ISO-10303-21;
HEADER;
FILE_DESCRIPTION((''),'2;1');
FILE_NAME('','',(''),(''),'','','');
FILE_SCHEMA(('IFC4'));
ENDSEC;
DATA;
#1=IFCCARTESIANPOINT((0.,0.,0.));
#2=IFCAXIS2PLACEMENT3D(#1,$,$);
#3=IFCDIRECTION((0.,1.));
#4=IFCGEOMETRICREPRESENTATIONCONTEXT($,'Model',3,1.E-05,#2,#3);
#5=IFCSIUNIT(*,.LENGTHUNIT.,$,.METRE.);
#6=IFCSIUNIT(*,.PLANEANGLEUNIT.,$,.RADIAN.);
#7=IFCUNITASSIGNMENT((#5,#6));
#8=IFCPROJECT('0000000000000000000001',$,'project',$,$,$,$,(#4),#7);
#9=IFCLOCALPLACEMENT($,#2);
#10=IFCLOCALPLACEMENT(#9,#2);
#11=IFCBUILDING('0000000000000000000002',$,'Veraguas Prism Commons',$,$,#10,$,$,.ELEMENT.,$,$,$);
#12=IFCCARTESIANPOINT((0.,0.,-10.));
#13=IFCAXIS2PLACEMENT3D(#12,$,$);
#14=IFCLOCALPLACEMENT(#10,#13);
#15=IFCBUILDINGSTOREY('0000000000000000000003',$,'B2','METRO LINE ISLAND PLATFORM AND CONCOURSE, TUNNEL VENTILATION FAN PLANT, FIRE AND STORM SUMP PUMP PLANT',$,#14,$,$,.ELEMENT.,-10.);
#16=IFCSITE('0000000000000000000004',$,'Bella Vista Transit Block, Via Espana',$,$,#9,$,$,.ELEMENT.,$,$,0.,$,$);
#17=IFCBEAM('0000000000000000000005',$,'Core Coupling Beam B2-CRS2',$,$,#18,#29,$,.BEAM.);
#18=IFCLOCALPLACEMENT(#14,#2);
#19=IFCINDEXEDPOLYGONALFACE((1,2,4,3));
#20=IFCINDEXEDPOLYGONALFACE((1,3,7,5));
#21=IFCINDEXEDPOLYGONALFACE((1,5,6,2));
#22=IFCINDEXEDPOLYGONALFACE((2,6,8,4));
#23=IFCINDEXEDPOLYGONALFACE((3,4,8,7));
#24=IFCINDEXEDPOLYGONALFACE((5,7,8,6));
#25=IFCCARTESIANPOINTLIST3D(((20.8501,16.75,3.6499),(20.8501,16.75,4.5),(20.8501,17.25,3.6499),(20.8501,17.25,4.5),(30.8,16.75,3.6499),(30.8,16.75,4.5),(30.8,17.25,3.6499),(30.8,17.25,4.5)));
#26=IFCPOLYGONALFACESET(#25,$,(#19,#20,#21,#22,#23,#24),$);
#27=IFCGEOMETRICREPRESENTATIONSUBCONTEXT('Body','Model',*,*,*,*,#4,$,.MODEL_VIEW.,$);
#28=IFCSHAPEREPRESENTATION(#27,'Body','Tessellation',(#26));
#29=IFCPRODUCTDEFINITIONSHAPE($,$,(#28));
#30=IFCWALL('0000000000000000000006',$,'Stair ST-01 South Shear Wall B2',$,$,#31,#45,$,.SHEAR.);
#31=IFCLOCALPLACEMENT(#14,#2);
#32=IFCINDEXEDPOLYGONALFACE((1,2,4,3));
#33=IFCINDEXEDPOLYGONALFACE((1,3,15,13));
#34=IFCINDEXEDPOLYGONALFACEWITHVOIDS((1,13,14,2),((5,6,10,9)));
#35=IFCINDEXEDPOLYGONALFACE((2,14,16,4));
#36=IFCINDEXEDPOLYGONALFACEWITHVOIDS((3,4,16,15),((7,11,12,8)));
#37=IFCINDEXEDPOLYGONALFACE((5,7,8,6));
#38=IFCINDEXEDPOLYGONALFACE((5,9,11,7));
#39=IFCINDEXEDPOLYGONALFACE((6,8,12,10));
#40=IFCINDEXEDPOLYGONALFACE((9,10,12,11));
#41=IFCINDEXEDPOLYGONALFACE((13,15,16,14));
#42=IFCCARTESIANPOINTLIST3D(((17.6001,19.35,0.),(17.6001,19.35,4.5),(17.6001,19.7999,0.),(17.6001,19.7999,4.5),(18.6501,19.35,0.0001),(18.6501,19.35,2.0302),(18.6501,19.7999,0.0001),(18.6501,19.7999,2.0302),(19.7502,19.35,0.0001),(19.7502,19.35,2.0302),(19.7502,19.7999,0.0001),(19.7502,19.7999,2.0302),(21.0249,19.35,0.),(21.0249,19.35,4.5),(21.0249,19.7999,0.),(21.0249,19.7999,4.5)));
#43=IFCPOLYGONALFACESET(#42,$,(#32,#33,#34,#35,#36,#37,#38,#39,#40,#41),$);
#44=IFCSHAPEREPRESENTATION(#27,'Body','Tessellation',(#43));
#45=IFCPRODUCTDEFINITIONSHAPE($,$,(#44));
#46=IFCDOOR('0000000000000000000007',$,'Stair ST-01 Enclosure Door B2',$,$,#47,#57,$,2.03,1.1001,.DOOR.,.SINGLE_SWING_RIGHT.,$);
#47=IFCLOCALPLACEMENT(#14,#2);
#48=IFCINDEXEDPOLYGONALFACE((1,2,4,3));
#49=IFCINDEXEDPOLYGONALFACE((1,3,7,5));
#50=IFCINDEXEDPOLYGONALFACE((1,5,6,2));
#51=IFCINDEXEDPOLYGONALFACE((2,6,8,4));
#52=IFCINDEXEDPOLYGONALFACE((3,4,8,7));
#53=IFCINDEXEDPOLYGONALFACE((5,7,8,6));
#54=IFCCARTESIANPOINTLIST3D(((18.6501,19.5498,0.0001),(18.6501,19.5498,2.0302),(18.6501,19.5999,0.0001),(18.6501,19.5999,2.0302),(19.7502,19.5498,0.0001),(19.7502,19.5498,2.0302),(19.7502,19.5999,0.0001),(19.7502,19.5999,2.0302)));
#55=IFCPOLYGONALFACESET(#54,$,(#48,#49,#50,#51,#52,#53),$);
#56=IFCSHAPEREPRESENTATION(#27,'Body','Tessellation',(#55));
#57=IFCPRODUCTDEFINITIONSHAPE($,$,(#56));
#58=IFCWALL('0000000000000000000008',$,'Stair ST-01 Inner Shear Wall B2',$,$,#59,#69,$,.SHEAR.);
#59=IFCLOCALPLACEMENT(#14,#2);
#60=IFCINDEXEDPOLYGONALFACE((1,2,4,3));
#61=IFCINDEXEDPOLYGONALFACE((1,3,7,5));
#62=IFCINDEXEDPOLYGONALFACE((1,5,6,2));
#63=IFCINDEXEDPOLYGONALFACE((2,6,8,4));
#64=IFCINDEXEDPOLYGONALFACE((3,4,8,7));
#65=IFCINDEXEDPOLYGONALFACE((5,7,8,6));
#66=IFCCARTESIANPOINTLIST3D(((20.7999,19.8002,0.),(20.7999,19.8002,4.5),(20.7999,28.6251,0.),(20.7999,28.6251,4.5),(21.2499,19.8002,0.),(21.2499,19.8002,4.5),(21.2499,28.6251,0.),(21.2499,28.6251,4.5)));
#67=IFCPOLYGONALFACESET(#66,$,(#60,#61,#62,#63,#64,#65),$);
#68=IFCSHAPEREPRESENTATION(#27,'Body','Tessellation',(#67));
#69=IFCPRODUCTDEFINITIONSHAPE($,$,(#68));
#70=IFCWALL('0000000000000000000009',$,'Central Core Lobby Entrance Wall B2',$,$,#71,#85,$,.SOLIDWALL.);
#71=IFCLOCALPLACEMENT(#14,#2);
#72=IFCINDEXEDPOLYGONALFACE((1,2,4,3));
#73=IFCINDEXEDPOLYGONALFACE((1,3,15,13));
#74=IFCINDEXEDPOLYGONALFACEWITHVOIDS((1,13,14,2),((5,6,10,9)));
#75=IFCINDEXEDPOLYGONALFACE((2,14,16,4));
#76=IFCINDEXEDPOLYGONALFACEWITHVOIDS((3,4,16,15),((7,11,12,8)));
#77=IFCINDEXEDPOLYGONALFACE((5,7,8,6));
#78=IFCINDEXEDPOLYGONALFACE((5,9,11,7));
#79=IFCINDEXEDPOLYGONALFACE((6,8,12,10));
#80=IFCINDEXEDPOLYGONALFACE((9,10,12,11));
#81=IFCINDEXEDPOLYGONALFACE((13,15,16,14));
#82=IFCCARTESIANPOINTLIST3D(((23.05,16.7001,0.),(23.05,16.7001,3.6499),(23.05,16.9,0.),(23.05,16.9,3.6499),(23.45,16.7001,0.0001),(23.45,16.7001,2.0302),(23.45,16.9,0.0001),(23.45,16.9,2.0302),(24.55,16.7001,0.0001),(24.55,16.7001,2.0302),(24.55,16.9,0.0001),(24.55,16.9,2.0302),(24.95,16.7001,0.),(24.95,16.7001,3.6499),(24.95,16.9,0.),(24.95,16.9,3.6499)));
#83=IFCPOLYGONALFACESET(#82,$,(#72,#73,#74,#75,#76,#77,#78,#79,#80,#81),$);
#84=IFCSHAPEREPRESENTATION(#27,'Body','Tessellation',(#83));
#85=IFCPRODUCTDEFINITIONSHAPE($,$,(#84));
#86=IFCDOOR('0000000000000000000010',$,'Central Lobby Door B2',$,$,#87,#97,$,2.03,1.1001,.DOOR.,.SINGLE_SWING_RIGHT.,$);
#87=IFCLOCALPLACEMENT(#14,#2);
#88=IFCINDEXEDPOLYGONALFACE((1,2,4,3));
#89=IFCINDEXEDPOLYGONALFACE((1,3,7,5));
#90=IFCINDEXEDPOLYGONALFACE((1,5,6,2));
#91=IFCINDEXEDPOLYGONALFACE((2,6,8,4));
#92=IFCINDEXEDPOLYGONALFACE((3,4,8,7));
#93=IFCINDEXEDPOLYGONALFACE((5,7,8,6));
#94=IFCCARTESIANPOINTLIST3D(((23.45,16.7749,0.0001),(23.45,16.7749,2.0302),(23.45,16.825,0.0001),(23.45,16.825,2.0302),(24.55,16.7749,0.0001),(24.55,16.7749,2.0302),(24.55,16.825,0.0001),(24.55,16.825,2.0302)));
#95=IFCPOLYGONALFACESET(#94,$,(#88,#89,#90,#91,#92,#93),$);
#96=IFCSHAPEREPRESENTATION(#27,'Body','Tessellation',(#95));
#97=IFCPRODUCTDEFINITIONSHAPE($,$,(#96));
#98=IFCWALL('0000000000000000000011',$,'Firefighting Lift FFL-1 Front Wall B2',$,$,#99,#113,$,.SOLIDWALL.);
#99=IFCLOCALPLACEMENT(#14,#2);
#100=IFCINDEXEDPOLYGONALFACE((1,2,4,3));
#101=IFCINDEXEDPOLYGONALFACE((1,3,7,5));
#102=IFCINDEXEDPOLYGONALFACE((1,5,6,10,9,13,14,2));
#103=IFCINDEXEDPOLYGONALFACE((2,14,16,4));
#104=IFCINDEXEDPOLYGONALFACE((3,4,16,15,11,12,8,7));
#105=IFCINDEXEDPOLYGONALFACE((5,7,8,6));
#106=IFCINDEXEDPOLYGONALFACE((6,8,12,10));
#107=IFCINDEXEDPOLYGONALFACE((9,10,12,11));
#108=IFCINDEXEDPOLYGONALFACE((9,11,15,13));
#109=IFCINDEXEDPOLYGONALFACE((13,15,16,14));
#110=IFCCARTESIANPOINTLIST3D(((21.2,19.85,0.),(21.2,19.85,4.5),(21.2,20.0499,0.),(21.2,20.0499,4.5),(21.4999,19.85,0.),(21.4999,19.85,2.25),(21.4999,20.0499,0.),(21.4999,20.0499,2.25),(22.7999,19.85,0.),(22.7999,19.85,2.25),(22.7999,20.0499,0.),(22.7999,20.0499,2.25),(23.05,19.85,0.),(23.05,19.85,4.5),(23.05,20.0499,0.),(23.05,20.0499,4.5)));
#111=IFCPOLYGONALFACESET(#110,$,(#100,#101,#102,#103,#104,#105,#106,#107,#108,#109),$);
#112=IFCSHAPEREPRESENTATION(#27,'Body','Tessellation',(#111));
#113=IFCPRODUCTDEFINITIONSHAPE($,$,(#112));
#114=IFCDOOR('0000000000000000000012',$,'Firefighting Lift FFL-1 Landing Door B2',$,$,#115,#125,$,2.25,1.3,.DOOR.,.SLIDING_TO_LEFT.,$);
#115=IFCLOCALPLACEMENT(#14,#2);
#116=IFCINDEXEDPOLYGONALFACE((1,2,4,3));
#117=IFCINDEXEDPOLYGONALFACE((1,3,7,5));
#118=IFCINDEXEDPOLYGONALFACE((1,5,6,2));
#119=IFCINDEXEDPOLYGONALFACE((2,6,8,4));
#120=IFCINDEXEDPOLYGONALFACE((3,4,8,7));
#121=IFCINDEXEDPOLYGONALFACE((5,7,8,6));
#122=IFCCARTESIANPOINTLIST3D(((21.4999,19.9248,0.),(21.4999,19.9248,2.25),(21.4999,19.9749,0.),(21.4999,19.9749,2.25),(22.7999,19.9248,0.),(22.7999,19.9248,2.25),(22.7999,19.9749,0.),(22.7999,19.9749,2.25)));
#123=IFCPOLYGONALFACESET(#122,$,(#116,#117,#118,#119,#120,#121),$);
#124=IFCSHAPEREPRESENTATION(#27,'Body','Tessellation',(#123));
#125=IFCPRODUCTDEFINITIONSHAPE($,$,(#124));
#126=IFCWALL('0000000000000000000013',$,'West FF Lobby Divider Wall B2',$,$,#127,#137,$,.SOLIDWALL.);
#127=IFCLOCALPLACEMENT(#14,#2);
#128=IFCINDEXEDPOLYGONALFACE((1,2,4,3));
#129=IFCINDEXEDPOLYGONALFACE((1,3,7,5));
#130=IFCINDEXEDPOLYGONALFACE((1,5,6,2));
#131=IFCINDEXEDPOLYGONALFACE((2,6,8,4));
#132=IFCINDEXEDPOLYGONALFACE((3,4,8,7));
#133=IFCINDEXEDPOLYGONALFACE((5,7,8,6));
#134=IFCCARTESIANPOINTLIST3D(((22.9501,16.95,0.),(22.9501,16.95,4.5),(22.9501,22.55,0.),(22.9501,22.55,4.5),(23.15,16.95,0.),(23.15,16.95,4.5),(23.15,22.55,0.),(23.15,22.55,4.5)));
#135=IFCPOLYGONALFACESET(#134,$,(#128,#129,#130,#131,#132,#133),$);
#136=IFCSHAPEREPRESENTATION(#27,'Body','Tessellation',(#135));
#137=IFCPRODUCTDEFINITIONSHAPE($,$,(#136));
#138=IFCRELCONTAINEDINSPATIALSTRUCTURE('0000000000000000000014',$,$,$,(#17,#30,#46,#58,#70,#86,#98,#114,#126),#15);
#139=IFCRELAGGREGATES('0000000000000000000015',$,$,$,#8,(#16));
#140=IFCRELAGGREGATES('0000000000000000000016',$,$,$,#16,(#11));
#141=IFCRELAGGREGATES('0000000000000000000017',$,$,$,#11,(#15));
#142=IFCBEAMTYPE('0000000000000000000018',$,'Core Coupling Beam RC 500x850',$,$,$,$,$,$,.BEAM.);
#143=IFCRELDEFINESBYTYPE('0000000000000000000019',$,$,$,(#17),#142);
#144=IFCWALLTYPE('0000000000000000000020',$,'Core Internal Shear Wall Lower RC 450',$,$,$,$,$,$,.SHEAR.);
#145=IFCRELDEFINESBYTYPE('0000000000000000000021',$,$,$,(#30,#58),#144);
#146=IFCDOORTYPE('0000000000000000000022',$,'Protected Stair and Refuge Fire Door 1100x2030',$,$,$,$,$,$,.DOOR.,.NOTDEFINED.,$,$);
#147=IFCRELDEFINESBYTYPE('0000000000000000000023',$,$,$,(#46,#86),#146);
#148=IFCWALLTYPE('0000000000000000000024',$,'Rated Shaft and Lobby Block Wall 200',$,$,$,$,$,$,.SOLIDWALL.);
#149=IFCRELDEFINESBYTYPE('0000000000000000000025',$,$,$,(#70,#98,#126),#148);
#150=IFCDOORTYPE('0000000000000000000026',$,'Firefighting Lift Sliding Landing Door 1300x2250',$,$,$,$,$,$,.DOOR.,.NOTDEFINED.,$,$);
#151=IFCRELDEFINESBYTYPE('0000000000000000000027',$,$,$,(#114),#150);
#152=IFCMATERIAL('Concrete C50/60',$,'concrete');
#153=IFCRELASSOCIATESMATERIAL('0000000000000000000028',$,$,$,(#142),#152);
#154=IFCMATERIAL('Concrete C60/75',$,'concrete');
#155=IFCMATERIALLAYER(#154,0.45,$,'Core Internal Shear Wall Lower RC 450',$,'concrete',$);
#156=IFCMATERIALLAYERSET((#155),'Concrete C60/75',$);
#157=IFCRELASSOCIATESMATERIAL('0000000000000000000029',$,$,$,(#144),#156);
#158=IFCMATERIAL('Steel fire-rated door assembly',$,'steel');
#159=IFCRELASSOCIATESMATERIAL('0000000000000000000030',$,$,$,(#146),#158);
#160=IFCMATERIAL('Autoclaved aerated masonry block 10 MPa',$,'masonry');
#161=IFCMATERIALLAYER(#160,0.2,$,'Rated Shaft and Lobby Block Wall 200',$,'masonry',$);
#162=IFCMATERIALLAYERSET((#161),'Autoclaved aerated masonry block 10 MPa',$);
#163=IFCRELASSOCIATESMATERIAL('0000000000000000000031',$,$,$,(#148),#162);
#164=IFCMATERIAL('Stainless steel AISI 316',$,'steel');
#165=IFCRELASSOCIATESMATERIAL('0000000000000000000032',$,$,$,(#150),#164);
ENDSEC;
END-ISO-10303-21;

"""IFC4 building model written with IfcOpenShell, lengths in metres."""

from ifc_helpers import new_model, si_unit, direction, frame, frame_2d, origin, origin_2d, place, context, subcontext, project, spatial, rectangle, extrude, source, transform, mapped, material, layer, layer_set, material_profile, profile_set, type_object, element, fill, save


model = new_model("IFC4")

# Units and contexts
model_context = context("Model", 3, precision=1e-05, world=origin(), true_north=direction((0.0, 1.0)))
body_context = subcontext(model_context, "Body", "Model", "MODEL_VIEW")
ifc_project = project(units=[si_unit("LENGTHUNIT", "METRE"), si_unit("PLANEANGLEUNIT", "RADIAN")], contexts=[model_context])

# Site, building, storey
site_placement = place(None, origin())
site = spatial("IfcSite", under=ifc_project, at=site_placement, Name="Bella Vista Transit Block, Via Espana", CompositionType="ELEMENT", RefElevation=0.0)
building_placement = place(site_placement, origin())
building = spatial("IfcBuilding", under=site, at=building_placement, Name="Veraguas Prism Commons", CompositionType="ELEMENT")
storey_placement = place(building_placement, frame((0.0, 0.0, -10.0)))
storey = spatial("IfcBuildingStorey", under=building, at=storey_placement, Name="B2", Description="METRO LINE ISLAND PLATFORM AND CONCOURSE, TUNNEL VENTILATION FAN PLANT, FIRE AND STORM SUMP PUMP PLANT", CompositionType="ELEMENT", Elevation=-10.0)

# Shared definitions
ifc_material_1 = material(Name="Concrete C60/75", Category="concrete")

# Beam
ifc_material_2 = material(Name="Concrete C50/60", Category="concrete")
ifc_material_profile_1 = material_profile(ifc_material_2, rectangle(XDim=0.5, YDim=0.8501, at=origin_2d()), Name="RC500X850")
ifc_profile_set_1 = profile_set([ifc_material_profile_1], Name="Concrete C50/60")
beam_type = type_object("IfcBeamType", Name="Core Coupling Beam RC 500x850", PredefinedType="BEAM", material=ifc_profile_set_1)
beam_1_placement = place(storey_placement, frame((20.8501, 17.0, 4.075), z_axis=(1.0, 0.0, 0.0), x_axis=(0.0, 1.0, 0.0)))
element("IfcBeam", 1, at=beam_1_placement, inside=storey, type_object=beam_type, Name="Core Coupling Beam B2-CRS2", PredefinedType="BEAM", context=body_context, shape_type="SweptSolid", body=[
    extrude(rectangle(XDim=0.5, YDim=0.8501, at=origin_2d()), origin(), (0.0, 0.0, 1.0), 9.95),
])

# Wall, opening, door
ifc_layer_1 = layer(ifc_material_1, 0.45, Name="Core Internal Shear Wall Lower RC 450", Category="concrete")
ifc_layer_set_1 = layer_set([ifc_layer_1], Name="Concrete C60/75")
wall_type_1 = type_object("IfcWallType", Name="Core Internal Shear Wall Lower RC 450", PredefinedType="SHEAR", material=ifc_layer_set_1)
wall_1_placement = place(storey_placement, frame((17.6001, 19.575, 0.0), z_axis=(0.0, 0.0, 1.0), x_axis=(1.0, 0.0, 0.0)))
wall_1 = element("IfcWall", 2, at=wall_1_placement, inside=storey, type_object=wall_type_1, Name="Stair ST-01 South Shear Wall B2", PredefinedType="SHEAR", context=body_context, shape_type="SweptSolid", body=[
    extrude(rectangle(XDim=3.4248, YDim=0.45, at=frame_2d((1.7124, 0.0))), origin(), (0.0, 0.0, 1.0), 4.5),
])
opening_1_placement = place(wall_1_placement, frame((1.05, 0.0, 0.0)))
opening_1 = element("IfcOpeningElement", 3, at=opening_1_placement, cuts=wall_1, PredefinedType="OPENING", context=body_context, shape_type="SweptSolid", body=[
    extrude(rectangle(XDim=1.1001, YDim=2.03, at=frame_2d((0.55, 1.0151))), frame((0.0, 0.2349, 0.0), z_axis=(0.0, -1.0, 0.0), x_axis=(1.0, 0.0, 0.0)), (0.0, 0.0, 1.0), 0.47),
])
ifc_material_3 = material(Name="Steel fire-rated door assembly", Category="steel")
door_type_1 = type_object("IfcDoorType", Name="Protected Stair and Refuge Fire Door 1100x2030", OperationType="NOTDEFINED", PredefinedType="DOOR", material=ifc_material_3)
shared_shape_1 = source(origin(), body_context, "Body", "SweptSolid", [
    extrude(rectangle(XDim=1.1001, YDim=2.03, at=frame_2d((0.55, 1.0151))), frame((0.0, 0.0249, 0.0), z_axis=(0.0, -1.0, 0.0), x_axis=(1.0, 0.0, 0.0)), (0.0, 0.0, 1.0), 0.05),
])
door_1_placement = place(opening_1_placement, origin())
door_1 = element("IfcDoor", 4, at=door_1_placement, inside=storey, type_object=door_type_1, Name="Stair ST-01 Enclosure Door B2", OperationType="SINGLE_SWING_RIGHT", OverallHeight=2.03, OverallWidth=1.1001, PredefinedType="DOOR", context=body_context, shape_type="MappedRepresentation", body=[
    mapped(shared_shape_1, transform((0.0, 0.0, 0.0), scale=1.0)),
])
fill(opening_1, door_1)

# Wall
wall_2_placement = place(storey_placement, frame((21.0249, 19.8, 0.0), z_axis=(0.0, 0.0, 1.0), x_axis=(0.0, 1.0, 0.0)))
element("IfcWall", 5, at=wall_2_placement, inside=storey, type_object=wall_type_1, Name="Stair ST-01 Inner Shear Wall B2", PredefinedType="SHEAR", context=body_context, shape_type="SweptSolid", body=[
    extrude(rectangle(XDim=8.825, YDim=0.45, at=frame_2d((4.4126, 0.0))), origin(), (0.0, 0.0, 1.0), 4.5),
])

# Walls, openings, doors
ifc_material_4 = material(Name="Autoclaved aerated masonry block 10 MPa", Category="masonry")
ifc_layer_2 = layer(ifc_material_4, 0.2, Name="Rated Shaft and Lobby Block Wall 200", Category="masonry")
ifc_layer_set_2 = layer_set([ifc_layer_2], Name="Autoclaved aerated masonry block 10 MPa")
wall_type_2 = type_object("IfcWallType", Name="Rated Shaft and Lobby Block Wall 200", PredefinedType="SOLIDWALL", material=ifc_layer_set_2)
wall_3_placement = place(storey_placement, frame((23.05, 16.8, 0.0), z_axis=(0.0, 0.0, 1.0), x_axis=(1.0, 0.0, 0.0)))
wall_3 = element("IfcWall", 6, at=wall_3_placement, inside=storey, type_object=wall_type_2, Name="Central Core Lobby Entrance Wall B2", PredefinedType="SOLIDWALL", context=body_context, shape_type="SweptSolid", body=[
    extrude(rectangle(XDim=1.8999, YDim=0.2, at=frame_2d((0.95, 0.0))), origin(), (0.0, 0.0, 1.0), 3.6499),
])
opening_2_placement = place(wall_3_placement, frame((0.3999, 0.0, 0.0)))
opening_2 = element("IfcOpeningElement", 7, at=opening_2_placement, cuts=wall_3, PredefinedType="OPENING", context=body_context, shape_type="SweptSolid", body=[
    extrude(rectangle(XDim=1.1001, YDim=2.03, at=frame_2d((0.55, 1.0151))), frame((0.0, 0.1099, 0.0), z_axis=(0.0, -1.0, 0.0), x_axis=(1.0, 0.0, 0.0)), (0.0, 0.0, 1.0), 0.22),
])
door_2_placement = place(opening_2_placement, origin())
door_2 = element("IfcDoor", 8, at=door_2_placement, inside=storey, type_object=door_type_1, Name="Central Lobby Door B2", OperationType="SINGLE_SWING_RIGHT", OverallHeight=2.03, OverallWidth=1.1001, PredefinedType="DOOR", context=body_context, shape_type="MappedRepresentation", body=[
    mapped(shared_shape_1, transform((0.0, 0.0, 0.0), scale=1.0)),
])
fill(opening_2, door_2)
wall_4_placement = place(storey_placement, frame((21.2, 19.95, 0.0), z_axis=(0.0, 0.0, 1.0), x_axis=(1.0, 0.0, 0.0)))
wall_4 = element("IfcWall", 9, at=wall_4_placement, inside=storey, type_object=wall_type_2, Name="Firefighting Lift FFL-1 Front Wall B2", PredefinedType="SOLIDWALL", context=body_context, shape_type="SweptSolid", body=[
    extrude(rectangle(XDim=1.8501, YDim=0.2, at=frame_2d((0.925, 0.0))), origin(), (0.0, 0.0, 1.0), 4.5),
])
opening_3_placement = place(wall_4_placement, frame((0.3, 0.0, 0.0)))
opening_3 = element("IfcOpeningElement", 10, at=opening_3_placement, cuts=wall_4, PredefinedType="OPENING", context=body_context, shape_type="SweptSolid", body=[
    extrude(rectangle(XDim=1.3, YDim=2.25, at=frame_2d((0.6499, 1.125))), frame((0.0, 0.1099, 0.0), z_axis=(0.0, -1.0, 0.0), x_axis=(1.0, 0.0, 0.0)), (0.0, 0.0, 1.0), 0.22),
])
ifc_material_5 = material(Name="Stainless steel AISI 316", Category="steel")
door_type_2 = type_object("IfcDoorType", Name="Firefighting Lift Sliding Landing Door 1300x2250", OperationType="NOTDEFINED", PredefinedType="DOOR", material=ifc_material_5)
shared_shape_2 = source(origin(), body_context, "Body", "SweptSolid", [
    extrude(rectangle(XDim=1.3, YDim=2.25, at=frame_2d((0.6499, 1.125))), frame((0.0, 0.0249, 0.0), z_axis=(0.0, -1.0, 0.0), x_axis=(1.0, 0.0, 0.0)), (0.0, 0.0, 1.0), 0.05),
])
door_3_placement = place(opening_3_placement, origin())
door_3 = element("IfcDoor", 11, at=door_3_placement, inside=storey, type_object=door_type_2, Name="Firefighting Lift FFL-1 Landing Door B2", OperationType="SLIDING_TO_LEFT", OverallHeight=2.25, OverallWidth=1.3, PredefinedType="DOOR", context=body_context, shape_type="MappedRepresentation", body=[
    mapped(shared_shape_2, transform((0.0, 0.0, 0.0), scale=1.0)),
])
fill(opening_3, door_3)

# Wall
wall_5_placement = place(storey_placement, frame((23.05, 16.95, 0.0), z_axis=(0.0, 0.0, 1.0), x_axis=(0.0, 1.0, 0.0)))
element("IfcWall", 12, at=wall_5_placement, inside=storey, type_object=wall_type_2, Name="West FF Lobby Divider Wall B2", PredefinedType="SOLIDWALL", context=body_context, shape_type="SweptSolid", body=[
    extrude(rectangle(XDim=5.6001, YDim=0.2, at=frame_2d((2.8, 0.0))), origin(), (0.0, 0.0, 1.0), 4.5),
])

save(model, "model.ifc")
